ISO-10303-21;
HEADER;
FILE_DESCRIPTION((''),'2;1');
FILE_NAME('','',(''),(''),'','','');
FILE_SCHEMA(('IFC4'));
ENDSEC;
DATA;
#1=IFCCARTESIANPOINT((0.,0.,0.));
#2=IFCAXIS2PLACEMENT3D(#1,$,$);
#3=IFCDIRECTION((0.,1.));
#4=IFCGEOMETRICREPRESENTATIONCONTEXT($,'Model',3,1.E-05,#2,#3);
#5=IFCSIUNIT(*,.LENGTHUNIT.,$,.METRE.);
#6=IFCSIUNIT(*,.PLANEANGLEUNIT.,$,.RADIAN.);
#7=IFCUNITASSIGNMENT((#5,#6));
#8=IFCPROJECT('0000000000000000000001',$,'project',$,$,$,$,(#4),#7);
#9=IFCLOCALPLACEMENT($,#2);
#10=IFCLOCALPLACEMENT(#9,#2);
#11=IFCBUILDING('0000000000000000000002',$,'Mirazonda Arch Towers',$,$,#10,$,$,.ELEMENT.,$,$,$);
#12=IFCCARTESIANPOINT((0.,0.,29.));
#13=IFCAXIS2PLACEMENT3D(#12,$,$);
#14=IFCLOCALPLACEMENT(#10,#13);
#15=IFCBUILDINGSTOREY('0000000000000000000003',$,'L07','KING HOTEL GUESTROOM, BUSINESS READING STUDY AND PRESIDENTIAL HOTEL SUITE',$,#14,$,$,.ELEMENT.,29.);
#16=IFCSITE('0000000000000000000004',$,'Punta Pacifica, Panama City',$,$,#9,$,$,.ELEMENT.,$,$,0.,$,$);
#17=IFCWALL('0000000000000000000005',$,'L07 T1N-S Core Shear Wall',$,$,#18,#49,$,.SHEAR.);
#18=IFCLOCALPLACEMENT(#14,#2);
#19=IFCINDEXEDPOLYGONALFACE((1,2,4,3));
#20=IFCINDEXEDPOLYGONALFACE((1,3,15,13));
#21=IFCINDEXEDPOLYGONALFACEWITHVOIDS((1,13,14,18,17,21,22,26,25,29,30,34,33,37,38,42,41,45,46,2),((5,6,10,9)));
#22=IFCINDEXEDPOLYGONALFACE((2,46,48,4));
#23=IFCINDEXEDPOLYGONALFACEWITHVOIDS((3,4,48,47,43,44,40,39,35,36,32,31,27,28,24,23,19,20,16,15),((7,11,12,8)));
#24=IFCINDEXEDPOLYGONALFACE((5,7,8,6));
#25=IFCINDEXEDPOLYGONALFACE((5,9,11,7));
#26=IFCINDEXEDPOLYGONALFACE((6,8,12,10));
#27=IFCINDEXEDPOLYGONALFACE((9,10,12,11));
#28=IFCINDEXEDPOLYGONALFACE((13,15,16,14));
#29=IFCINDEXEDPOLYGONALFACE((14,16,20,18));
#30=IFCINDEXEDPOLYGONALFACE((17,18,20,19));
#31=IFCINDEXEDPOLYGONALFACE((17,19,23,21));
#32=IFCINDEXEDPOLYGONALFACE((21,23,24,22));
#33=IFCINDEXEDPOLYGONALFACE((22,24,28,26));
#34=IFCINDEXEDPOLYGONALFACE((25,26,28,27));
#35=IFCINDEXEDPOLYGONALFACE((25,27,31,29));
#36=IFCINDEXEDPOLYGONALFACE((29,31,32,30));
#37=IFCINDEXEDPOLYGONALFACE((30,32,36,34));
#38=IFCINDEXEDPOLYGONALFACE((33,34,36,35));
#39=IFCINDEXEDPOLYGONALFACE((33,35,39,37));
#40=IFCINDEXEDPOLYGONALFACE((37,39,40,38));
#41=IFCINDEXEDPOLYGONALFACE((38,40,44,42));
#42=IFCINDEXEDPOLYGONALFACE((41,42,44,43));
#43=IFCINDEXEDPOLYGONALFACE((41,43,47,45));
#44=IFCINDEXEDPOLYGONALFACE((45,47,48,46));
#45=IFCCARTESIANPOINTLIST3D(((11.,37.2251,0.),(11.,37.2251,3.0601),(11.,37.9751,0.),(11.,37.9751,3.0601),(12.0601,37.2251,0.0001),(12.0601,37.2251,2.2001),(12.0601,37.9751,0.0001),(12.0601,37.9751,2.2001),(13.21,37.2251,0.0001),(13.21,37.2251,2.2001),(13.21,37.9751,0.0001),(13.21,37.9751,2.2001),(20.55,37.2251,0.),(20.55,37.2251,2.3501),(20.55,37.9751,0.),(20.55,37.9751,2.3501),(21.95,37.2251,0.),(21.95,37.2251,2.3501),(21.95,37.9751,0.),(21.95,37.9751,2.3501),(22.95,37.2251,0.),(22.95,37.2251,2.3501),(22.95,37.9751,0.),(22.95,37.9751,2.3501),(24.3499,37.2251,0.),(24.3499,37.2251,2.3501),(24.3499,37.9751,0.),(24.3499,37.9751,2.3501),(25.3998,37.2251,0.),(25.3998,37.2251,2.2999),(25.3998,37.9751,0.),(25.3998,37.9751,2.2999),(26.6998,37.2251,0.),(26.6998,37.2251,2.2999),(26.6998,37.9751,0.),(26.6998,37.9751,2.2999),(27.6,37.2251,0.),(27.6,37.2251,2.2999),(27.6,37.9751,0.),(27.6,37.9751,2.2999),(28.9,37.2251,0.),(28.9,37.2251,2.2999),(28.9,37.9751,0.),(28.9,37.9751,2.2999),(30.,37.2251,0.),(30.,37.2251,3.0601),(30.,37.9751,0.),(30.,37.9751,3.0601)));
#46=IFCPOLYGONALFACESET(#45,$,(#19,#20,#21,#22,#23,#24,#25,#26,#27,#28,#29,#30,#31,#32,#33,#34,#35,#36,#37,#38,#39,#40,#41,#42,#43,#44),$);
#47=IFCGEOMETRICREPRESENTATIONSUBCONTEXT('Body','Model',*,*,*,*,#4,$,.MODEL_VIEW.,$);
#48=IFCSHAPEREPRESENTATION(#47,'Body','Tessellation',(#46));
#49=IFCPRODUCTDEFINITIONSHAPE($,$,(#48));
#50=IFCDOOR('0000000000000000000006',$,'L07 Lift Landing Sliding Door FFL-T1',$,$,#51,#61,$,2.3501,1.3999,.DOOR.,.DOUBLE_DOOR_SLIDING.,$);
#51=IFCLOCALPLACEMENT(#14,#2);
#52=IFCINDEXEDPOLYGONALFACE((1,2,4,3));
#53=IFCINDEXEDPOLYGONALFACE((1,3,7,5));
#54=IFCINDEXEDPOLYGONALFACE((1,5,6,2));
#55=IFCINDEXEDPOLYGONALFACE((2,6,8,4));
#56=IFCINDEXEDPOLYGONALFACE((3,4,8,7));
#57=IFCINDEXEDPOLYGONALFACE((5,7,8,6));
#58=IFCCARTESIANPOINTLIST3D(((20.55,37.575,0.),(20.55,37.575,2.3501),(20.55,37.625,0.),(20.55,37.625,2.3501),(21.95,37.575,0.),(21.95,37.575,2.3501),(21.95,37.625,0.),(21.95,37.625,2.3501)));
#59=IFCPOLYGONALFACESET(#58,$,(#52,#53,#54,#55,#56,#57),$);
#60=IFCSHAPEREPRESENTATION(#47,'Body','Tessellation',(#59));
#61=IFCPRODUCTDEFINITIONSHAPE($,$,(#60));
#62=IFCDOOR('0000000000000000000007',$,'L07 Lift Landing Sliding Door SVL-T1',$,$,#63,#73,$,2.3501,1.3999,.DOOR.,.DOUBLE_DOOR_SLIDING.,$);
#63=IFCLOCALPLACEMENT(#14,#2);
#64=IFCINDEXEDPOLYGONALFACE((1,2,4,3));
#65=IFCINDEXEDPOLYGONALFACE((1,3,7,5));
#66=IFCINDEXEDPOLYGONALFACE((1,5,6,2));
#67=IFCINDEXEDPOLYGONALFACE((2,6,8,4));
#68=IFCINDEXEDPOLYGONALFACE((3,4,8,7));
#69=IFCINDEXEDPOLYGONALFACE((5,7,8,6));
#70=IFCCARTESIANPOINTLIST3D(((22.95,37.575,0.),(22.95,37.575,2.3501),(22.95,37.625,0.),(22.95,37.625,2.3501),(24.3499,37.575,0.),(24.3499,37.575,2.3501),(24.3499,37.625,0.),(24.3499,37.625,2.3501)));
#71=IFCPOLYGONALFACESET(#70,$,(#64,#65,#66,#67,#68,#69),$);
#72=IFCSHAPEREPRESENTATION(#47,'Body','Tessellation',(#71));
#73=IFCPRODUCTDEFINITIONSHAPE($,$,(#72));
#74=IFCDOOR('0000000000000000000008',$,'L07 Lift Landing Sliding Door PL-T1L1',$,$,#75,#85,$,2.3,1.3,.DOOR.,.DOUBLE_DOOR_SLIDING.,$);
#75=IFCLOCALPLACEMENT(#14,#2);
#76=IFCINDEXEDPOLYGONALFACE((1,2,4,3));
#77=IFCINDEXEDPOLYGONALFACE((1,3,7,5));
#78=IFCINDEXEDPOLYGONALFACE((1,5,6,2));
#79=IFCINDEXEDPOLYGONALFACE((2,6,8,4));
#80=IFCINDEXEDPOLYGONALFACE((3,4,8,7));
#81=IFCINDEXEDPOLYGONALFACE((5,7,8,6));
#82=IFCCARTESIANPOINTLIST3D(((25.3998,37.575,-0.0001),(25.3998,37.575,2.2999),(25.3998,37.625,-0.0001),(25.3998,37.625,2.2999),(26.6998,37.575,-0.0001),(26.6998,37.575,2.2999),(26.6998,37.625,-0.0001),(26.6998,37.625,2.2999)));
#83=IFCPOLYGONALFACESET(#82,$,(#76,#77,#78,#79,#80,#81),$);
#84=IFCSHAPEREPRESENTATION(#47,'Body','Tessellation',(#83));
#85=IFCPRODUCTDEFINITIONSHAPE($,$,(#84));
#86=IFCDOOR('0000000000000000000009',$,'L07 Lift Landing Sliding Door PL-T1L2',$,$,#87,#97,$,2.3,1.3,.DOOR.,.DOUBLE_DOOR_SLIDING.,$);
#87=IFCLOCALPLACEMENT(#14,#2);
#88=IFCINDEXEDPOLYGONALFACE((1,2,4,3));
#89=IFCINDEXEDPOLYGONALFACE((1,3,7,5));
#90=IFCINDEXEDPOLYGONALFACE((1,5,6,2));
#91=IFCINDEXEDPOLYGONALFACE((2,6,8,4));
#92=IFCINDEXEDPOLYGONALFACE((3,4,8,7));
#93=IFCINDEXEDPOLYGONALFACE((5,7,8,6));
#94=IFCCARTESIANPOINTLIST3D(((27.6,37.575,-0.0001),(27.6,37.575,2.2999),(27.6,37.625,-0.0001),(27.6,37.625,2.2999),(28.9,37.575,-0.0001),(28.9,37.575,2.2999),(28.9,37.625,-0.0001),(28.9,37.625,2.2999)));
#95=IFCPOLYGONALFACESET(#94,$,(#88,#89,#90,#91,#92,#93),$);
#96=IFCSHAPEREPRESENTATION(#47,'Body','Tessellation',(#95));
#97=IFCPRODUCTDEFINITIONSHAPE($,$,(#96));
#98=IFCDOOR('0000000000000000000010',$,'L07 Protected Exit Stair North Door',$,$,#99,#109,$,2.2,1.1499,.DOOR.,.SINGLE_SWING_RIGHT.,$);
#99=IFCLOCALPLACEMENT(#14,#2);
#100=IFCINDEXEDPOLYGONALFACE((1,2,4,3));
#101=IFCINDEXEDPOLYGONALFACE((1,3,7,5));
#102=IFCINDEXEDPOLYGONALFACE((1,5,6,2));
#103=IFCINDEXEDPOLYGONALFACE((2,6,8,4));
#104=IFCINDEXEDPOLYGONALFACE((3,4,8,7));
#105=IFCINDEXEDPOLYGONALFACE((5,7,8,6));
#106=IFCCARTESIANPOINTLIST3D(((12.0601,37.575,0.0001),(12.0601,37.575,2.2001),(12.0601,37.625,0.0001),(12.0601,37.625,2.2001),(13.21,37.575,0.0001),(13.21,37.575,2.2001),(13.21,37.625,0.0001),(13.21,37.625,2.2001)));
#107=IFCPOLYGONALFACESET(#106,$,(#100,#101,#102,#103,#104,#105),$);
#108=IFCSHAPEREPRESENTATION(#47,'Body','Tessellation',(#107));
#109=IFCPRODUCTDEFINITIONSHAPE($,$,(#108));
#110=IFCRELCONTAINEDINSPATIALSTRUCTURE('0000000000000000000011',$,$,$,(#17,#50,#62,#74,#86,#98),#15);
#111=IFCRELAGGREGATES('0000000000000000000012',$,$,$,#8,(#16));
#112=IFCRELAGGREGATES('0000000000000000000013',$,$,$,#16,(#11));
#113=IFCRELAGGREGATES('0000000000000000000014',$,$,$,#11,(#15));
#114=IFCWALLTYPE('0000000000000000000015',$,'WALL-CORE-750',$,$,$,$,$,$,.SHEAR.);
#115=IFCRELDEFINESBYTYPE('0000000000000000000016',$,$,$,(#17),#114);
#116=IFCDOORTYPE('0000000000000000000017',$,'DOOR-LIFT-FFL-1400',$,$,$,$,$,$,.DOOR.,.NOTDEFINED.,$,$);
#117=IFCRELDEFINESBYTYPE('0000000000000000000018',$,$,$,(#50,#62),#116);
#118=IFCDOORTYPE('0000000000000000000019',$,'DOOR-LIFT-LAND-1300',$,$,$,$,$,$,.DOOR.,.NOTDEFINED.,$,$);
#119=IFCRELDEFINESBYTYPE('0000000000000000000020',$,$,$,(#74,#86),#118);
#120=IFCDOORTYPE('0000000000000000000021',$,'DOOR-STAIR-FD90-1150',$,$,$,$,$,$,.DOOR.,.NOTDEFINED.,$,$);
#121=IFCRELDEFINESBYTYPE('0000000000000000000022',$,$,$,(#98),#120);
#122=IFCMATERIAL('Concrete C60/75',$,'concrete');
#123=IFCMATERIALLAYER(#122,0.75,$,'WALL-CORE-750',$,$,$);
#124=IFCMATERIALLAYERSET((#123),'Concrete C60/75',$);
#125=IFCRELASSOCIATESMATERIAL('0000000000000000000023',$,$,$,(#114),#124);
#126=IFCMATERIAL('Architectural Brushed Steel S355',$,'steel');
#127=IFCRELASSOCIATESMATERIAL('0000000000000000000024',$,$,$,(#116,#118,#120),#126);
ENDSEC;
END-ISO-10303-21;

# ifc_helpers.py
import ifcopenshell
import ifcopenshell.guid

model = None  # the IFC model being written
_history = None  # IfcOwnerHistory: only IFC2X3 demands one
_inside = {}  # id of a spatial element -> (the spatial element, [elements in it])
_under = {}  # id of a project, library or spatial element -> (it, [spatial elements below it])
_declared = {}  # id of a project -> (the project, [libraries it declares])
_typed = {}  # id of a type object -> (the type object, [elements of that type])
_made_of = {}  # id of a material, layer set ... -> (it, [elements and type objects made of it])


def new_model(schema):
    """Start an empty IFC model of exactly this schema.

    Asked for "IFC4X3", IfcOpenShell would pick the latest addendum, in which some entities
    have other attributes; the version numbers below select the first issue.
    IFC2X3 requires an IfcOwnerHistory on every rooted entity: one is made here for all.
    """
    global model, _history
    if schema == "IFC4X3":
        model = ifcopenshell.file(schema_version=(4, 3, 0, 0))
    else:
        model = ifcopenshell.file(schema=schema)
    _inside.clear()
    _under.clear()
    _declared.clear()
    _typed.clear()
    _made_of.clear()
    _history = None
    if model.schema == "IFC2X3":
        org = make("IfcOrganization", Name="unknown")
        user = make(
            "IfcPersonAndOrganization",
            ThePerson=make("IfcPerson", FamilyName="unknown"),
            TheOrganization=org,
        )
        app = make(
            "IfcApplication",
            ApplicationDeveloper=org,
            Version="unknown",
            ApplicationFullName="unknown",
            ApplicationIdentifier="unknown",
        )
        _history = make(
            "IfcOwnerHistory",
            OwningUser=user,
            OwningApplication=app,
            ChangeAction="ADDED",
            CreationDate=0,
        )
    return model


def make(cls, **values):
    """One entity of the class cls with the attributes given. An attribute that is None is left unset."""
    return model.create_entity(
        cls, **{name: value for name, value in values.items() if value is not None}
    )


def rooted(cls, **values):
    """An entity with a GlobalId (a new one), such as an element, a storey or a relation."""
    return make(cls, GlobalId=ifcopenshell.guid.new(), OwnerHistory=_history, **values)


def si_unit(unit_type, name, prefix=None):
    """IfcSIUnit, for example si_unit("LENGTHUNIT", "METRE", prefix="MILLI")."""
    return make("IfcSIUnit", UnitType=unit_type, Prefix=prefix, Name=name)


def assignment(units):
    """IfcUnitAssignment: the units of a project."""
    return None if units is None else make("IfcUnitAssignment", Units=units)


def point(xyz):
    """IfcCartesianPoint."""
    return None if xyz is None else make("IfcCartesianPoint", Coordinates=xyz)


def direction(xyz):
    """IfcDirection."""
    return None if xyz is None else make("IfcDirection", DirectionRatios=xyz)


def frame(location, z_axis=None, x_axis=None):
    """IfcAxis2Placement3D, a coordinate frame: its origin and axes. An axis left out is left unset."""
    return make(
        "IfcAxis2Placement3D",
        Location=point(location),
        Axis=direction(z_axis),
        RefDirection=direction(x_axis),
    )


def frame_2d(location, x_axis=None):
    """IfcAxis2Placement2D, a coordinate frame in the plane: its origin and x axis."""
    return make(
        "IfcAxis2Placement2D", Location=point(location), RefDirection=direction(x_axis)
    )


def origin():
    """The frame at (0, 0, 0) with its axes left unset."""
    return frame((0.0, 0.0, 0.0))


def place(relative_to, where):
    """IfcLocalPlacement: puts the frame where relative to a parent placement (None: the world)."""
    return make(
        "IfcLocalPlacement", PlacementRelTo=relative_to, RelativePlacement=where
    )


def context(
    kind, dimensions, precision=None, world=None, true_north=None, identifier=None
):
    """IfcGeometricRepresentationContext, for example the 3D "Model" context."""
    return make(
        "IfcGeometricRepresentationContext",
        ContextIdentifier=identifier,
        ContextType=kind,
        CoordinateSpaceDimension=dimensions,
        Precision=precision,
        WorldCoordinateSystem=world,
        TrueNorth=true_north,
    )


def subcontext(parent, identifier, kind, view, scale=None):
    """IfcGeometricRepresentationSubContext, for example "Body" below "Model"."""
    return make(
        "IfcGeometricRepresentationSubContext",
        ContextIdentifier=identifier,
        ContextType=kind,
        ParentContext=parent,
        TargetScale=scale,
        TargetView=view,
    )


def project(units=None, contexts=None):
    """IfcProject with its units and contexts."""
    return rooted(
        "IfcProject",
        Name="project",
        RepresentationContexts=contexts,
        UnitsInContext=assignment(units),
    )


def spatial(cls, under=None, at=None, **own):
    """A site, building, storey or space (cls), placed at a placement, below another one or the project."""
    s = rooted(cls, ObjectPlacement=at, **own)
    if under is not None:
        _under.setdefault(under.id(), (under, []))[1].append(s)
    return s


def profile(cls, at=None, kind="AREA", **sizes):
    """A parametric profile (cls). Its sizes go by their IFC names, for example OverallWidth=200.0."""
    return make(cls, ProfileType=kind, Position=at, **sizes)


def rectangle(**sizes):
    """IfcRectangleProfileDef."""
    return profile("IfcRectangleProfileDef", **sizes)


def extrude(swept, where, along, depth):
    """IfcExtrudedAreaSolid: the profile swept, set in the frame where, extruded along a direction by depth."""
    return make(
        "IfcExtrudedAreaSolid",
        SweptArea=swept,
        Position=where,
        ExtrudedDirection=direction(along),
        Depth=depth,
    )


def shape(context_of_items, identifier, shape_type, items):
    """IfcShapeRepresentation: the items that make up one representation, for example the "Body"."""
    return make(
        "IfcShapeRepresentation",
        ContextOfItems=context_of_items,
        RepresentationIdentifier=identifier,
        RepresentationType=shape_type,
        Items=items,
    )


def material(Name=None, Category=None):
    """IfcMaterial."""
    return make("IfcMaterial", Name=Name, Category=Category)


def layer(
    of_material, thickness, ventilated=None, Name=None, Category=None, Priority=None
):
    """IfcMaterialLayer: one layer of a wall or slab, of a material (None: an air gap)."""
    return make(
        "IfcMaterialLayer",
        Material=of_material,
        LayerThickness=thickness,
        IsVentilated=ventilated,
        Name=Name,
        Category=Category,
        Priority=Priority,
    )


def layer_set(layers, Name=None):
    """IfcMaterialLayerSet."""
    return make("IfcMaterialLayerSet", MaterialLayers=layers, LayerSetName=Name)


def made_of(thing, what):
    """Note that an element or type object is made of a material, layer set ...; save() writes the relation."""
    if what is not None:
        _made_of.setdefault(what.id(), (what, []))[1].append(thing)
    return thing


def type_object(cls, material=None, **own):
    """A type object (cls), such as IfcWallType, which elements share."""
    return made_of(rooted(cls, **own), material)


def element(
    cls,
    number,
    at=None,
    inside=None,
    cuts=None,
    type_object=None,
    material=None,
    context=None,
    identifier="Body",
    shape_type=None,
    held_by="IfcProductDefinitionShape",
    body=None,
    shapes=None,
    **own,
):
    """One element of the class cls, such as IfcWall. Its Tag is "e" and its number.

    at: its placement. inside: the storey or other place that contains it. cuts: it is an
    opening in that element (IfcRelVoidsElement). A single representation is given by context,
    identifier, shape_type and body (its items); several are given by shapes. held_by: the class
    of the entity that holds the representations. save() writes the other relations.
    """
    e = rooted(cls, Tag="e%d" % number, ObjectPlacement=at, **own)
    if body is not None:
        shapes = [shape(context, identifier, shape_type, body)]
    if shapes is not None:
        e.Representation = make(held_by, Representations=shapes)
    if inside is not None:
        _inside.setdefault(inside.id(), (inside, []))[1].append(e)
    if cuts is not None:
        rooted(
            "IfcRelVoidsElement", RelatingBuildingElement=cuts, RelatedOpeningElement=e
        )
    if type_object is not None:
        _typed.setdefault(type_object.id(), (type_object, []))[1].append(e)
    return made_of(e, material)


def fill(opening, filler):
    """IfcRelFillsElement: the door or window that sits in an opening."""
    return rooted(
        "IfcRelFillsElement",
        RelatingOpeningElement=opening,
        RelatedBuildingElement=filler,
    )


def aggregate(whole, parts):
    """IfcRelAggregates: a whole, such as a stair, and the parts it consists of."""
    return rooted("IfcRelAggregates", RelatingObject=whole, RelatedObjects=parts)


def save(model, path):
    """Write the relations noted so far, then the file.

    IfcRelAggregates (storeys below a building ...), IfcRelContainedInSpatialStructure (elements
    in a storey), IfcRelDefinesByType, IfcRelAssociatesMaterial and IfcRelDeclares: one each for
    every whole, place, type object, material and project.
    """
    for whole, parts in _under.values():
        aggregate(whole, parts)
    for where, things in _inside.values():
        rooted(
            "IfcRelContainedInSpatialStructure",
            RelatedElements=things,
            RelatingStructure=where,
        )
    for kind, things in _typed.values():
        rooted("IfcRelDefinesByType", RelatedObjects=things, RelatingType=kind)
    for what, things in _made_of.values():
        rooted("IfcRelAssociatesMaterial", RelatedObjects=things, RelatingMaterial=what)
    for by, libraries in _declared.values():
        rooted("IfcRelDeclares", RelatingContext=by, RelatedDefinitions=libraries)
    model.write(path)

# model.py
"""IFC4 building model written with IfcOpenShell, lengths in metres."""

from ifc_helpers import new_model, si_unit, direction, frame, frame_2d, origin, place, context, subcontext, project, spatial, rectangle, extrude, material, layer, layer_set, type_object, element, fill, save


model = new_model("IFC4")

# Units and contexts
model_context = context("Model", 3, precision=1e-05, world=origin(), true_north=direction((0.0, 1.0)))
body_context = subcontext(model_context, "Body", "Model", "MODEL_VIEW")
ifc_project = project(units=[si_unit("LENGTHUNIT", "METRE"), si_unit("PLANEANGLEUNIT", "RADIAN")], contexts=[model_context])

# Site, building, storey
site_placement = place(None, origin())
site = spatial("IfcSite", under=ifc_project, at=site_placement, Name="Punta Pacifica, Panama City", CompositionType="ELEMENT", RefElevation=0.0)
building_placement = place(site_placement, origin())
building = spatial("IfcBuilding", under=site, at=building_placement, Name="Mirazonda Arch Towers", CompositionType="ELEMENT")
storey_placement = place(building_placement, frame((0.0, 0.0, 29.0)))
storey = spatial("IfcBuildingStorey", under=building, at=storey_placement, Name="L07", Description="KING HOTEL GUESTROOM, BUSINESS READING STUDY AND PRESIDENTIAL HOTEL SUITE", CompositionType="ELEMENT", Elevation=29.0)

# Shared definitions
ifc_material_1 = material(Name="Concrete C60/75", Category="concrete")

# Shared definitions
ifc_layer_1 = layer(ifc_material_1, 0.75, Name="WALL-CORE-750")
ifc_layer_set_1 = layer_set([ifc_layer_1], Name="Concrete C60/75")
wall_type_1 = type_object("IfcWallType", Name="WALL-CORE-750", PredefinedType="SHEAR", material=ifc_layer_set_1)

# Wall, openings, doors
wall_1_placement = place(storey_placement, frame((11.0, 37.6001, 0.0), z_axis=(0.0, 0.0, 1.0), x_axis=(1.0, 0.0, 0.0)))
wall_1 = element("IfcWall", 1, at=wall_1_placement, inside=storey, type_object=wall_type_1, Name="L07 T1N-S Core Shear Wall", PredefinedType="SHEAR", context=body_context, shape_type="SweptSolid", body=[
    extrude(rectangle(XDim=19.0, YDim=0.75, at=frame_2d((9.5, 0.0))), origin(), (0.0, 0.0, 1.0), 3.0601),
])
opening_1_placement = place(wall_1_placement, frame((1.0601, 0.0, 0.0)))
opening_1 = element("IfcOpeningElement", 2, at=opening_1_placement, cuts=wall_1, PredefinedType="OPENING", context=body_context, shape_type="SweptSolid", body=[
    extrude(rectangle(XDim=1.1499, YDim=2.2, at=frame_2d((0.575, 1.1001))), frame((0.0, 0.385, 0.0), z_axis=(0.0, -1.0, 0.0), x_axis=(1.0, 0.0, 0.0)), (0.0, 0.0, 1.0), 0.77),
])
opening_2_placement = place(wall_1_placement, frame((9.55, 0.0, 0.0)))
opening_2 = element("IfcOpeningElement", 3, at=opening_2_placement, cuts=wall_1, PredefinedType="OPENING", context=body_context, shape_type="SweptSolid", body=[
    extrude(rectangle(XDim=1.3999, YDim=2.3501, at=frame_2d((0.7, 1.175))), frame((0.0, 0.385, 0.0), z_axis=(0.0, -1.0, 0.0), x_axis=(1.0, 0.0, 0.0)), (0.0, 0.0, 1.0), 0.77),
])
opening_3_placement = place(wall_1_placement, frame((11.95, 0.0, 0.0)))
opening_3 = element("IfcOpeningElement", 4, at=opening_3_placement, cuts=wall_1, PredefinedType="OPENING", context=body_context, shape_type="SweptSolid", body=[
    extrude(rectangle(XDim=1.3999, YDim=2.3501, at=frame_2d((0.7, 1.175))), frame((0.0, 0.385, 0.0), z_axis=(0.0, -1.0, 0.0), x_axis=(1.0, 0.0, 0.0)), (0.0, 0.0, 1.0), 0.77),
])
opening_4_placement = place(wall_1_placement, frame((14.3999, 0.0, 0.0)))
opening_4 = element("IfcOpeningElement", 5, at=opening_4_placement, cuts=wall_1, PredefinedType="OPENING", context=body_context, shape_type="SweptSolid", body=[
    extrude(rectangle(XDim=1.3, YDim=2.3, at=frame_2d((0.6499, 1.1499))), frame((0.0, 0.385, 0.0), z_axis=(0.0, -1.0, 0.0), x_axis=(1.0, 0.0, 0.0)), (0.0, 0.0, 1.0), 0.77),
])
opening_5_placement = place(wall_1_placement, frame((16.6001, 0.0, 0.0)))
opening_5 = element("IfcOpeningElement", 6, at=opening_5_placement, cuts=wall_1, PredefinedType="OPENING", context=body_context, shape_type="SweptSolid", body=[
    extrude(rectangle(XDim=1.3, YDim=2.3, at=frame_2d((0.6499, 1.1499))), frame((0.0, 0.385, 0.0), z_axis=(0.0, -1.0, 0.0), x_axis=(1.0, 0.0, 0.0)), (0.0, 0.0, 1.0), 0.77),
])
ifc_material_2 = material(Name="Architectural Brushed Steel S355", Category="steel")
door_type_1 = type_object("IfcDoorType", Name="DOOR-LIFT-FFL-1400", OperationType="NOTDEFINED", PredefinedType="DOOR", material=ifc_material_2)
door_1_placement = place(opening_2_placement, origin())
door_1 = element("IfcDoor", 7, at=door_1_placement, inside=storey, type_object=door_type_1, Name="L07 Lift Landing Sliding Door FFL-T1", OperationType="DOUBLE_DOOR_SLIDING", OverallHeight=2.3501, OverallWidth=1.3999, PredefinedType="DOOR", context=body_context, shape_type="SweptSolid", body=[
    extrude(rectangle(XDim=1.3999, YDim=2.3501, at=frame_2d((0.7, 1.175))), frame((0.0, 0.0249, 0.0), z_axis=(0.0, -1.0, 0.0), x_axis=(1.0, 0.0, 0.0)), (0.0, 0.0, 1.0), 0.05),
])
fill(opening_2, door_1)
door_2_placement = place(opening_3_placement, origin())
door_2 = element("IfcDoor", 8, at=door_2_placement, inside=storey, type_object=door_type_1, Name="L07 Lift Landing Sliding Door SVL-T1", OperationType="DOUBLE_DOOR_SLIDING", OverallHeight=2.3501, OverallWidth=1.3999, PredefinedType="DOOR", context=body_context, shape_type="SweptSolid", body=[
    extrude(rectangle(XDim=1.3999, YDim=2.3501, at=frame_2d((0.7, 1.175))), frame((0.0, 0.0249, 0.0), z_axis=(0.0, -1.0, 0.0), x_axis=(1.0, 0.0, 0.0)), (0.0, 0.0, 1.0), 0.05),
])
fill(opening_3, door_2)
door_type_2 = type_object("IfcDoorType", Name="DOOR-LIFT-LAND-1300", OperationType="NOTDEFINED", PredefinedType="DOOR", material=ifc_material_2)
door_3_placement = place(opening_4_placement, origin())
door_3 = element("IfcDoor", 9, at=door_3_placement, inside=storey, type_object=door_type_2, Name="L07 Lift Landing Sliding Door PL-T1L1", OperationType="DOUBLE_DOOR_SLIDING", OverallHeight=2.3, OverallWidth=1.3, PredefinedType="DOOR", context=body_context, shape_type="SweptSolid", body=[
    extrude(rectangle(XDim=1.3, YDim=2.3, at=frame_2d((0.6499, 1.1499))), frame((0.0, 0.0249, 0.0), z_axis=(0.0, -1.0, 0.0), x_axis=(1.0, 0.0, 0.0)), (0.0, 0.0, 1.0), 0.05),
])
fill(opening_4, door_3)
door_4_placement = place(opening_5_placement, origin())
door_4 = element("IfcDoor", 10, at=door_4_placement, inside=storey, type_object=door_type_2, Name="L07 Lift Landing Sliding Door PL-T1L2", OperationType="DOUBLE_DOOR_SLIDING", OverallHeight=2.3, OverallWidth=1.3, PredefinedType="DOOR", context=body_context, shape_type="SweptSolid", body=[
    extrude(rectangle(XDim=1.3, YDim=2.3, at=frame_2d((0.6499, 1.1499))), frame((0.0, 0.0249, 0.0), z_axis=(0.0, -1.0, 0.0), x_axis=(1.0, 0.0, 0.0)), (0.0, 0.0, 1.0), 0.05),
])
fill(opening_5, door_4)
door_type_3 = type_object("IfcDoorType", Name="DOOR-STAIR-FD90-1150", OperationType="NOTDEFINED", PredefinedType="DOOR", material=ifc_material_2)
door_5_placement = place(opening_1_placement, origin())
door_5 = element("IfcDoor", 11, at=door_5_placement, inside=storey, type_object=door_type_3, Name="L07 Protected Exit Stair North Door", OperationType="SINGLE_SWING_RIGHT", OverallHeight=2.2, OverallWidth=1.1499, PredefinedType="DOOR", context=body_context, shape_type="SweptSolid", body=[
    extrude(rectangle(XDim=1.1499, YDim=2.2, at=frame_2d((0.575, 1.1001))), frame((0.0, 0.0249, 0.0), z_axis=(0.0, -1.0, 0.0), x_axis=(1.0, 0.0, 0.0)), (0.0, 0.0, 1.0), 0.05),
])
fill(opening_1, door_5)

save(model, "model.ifc")
